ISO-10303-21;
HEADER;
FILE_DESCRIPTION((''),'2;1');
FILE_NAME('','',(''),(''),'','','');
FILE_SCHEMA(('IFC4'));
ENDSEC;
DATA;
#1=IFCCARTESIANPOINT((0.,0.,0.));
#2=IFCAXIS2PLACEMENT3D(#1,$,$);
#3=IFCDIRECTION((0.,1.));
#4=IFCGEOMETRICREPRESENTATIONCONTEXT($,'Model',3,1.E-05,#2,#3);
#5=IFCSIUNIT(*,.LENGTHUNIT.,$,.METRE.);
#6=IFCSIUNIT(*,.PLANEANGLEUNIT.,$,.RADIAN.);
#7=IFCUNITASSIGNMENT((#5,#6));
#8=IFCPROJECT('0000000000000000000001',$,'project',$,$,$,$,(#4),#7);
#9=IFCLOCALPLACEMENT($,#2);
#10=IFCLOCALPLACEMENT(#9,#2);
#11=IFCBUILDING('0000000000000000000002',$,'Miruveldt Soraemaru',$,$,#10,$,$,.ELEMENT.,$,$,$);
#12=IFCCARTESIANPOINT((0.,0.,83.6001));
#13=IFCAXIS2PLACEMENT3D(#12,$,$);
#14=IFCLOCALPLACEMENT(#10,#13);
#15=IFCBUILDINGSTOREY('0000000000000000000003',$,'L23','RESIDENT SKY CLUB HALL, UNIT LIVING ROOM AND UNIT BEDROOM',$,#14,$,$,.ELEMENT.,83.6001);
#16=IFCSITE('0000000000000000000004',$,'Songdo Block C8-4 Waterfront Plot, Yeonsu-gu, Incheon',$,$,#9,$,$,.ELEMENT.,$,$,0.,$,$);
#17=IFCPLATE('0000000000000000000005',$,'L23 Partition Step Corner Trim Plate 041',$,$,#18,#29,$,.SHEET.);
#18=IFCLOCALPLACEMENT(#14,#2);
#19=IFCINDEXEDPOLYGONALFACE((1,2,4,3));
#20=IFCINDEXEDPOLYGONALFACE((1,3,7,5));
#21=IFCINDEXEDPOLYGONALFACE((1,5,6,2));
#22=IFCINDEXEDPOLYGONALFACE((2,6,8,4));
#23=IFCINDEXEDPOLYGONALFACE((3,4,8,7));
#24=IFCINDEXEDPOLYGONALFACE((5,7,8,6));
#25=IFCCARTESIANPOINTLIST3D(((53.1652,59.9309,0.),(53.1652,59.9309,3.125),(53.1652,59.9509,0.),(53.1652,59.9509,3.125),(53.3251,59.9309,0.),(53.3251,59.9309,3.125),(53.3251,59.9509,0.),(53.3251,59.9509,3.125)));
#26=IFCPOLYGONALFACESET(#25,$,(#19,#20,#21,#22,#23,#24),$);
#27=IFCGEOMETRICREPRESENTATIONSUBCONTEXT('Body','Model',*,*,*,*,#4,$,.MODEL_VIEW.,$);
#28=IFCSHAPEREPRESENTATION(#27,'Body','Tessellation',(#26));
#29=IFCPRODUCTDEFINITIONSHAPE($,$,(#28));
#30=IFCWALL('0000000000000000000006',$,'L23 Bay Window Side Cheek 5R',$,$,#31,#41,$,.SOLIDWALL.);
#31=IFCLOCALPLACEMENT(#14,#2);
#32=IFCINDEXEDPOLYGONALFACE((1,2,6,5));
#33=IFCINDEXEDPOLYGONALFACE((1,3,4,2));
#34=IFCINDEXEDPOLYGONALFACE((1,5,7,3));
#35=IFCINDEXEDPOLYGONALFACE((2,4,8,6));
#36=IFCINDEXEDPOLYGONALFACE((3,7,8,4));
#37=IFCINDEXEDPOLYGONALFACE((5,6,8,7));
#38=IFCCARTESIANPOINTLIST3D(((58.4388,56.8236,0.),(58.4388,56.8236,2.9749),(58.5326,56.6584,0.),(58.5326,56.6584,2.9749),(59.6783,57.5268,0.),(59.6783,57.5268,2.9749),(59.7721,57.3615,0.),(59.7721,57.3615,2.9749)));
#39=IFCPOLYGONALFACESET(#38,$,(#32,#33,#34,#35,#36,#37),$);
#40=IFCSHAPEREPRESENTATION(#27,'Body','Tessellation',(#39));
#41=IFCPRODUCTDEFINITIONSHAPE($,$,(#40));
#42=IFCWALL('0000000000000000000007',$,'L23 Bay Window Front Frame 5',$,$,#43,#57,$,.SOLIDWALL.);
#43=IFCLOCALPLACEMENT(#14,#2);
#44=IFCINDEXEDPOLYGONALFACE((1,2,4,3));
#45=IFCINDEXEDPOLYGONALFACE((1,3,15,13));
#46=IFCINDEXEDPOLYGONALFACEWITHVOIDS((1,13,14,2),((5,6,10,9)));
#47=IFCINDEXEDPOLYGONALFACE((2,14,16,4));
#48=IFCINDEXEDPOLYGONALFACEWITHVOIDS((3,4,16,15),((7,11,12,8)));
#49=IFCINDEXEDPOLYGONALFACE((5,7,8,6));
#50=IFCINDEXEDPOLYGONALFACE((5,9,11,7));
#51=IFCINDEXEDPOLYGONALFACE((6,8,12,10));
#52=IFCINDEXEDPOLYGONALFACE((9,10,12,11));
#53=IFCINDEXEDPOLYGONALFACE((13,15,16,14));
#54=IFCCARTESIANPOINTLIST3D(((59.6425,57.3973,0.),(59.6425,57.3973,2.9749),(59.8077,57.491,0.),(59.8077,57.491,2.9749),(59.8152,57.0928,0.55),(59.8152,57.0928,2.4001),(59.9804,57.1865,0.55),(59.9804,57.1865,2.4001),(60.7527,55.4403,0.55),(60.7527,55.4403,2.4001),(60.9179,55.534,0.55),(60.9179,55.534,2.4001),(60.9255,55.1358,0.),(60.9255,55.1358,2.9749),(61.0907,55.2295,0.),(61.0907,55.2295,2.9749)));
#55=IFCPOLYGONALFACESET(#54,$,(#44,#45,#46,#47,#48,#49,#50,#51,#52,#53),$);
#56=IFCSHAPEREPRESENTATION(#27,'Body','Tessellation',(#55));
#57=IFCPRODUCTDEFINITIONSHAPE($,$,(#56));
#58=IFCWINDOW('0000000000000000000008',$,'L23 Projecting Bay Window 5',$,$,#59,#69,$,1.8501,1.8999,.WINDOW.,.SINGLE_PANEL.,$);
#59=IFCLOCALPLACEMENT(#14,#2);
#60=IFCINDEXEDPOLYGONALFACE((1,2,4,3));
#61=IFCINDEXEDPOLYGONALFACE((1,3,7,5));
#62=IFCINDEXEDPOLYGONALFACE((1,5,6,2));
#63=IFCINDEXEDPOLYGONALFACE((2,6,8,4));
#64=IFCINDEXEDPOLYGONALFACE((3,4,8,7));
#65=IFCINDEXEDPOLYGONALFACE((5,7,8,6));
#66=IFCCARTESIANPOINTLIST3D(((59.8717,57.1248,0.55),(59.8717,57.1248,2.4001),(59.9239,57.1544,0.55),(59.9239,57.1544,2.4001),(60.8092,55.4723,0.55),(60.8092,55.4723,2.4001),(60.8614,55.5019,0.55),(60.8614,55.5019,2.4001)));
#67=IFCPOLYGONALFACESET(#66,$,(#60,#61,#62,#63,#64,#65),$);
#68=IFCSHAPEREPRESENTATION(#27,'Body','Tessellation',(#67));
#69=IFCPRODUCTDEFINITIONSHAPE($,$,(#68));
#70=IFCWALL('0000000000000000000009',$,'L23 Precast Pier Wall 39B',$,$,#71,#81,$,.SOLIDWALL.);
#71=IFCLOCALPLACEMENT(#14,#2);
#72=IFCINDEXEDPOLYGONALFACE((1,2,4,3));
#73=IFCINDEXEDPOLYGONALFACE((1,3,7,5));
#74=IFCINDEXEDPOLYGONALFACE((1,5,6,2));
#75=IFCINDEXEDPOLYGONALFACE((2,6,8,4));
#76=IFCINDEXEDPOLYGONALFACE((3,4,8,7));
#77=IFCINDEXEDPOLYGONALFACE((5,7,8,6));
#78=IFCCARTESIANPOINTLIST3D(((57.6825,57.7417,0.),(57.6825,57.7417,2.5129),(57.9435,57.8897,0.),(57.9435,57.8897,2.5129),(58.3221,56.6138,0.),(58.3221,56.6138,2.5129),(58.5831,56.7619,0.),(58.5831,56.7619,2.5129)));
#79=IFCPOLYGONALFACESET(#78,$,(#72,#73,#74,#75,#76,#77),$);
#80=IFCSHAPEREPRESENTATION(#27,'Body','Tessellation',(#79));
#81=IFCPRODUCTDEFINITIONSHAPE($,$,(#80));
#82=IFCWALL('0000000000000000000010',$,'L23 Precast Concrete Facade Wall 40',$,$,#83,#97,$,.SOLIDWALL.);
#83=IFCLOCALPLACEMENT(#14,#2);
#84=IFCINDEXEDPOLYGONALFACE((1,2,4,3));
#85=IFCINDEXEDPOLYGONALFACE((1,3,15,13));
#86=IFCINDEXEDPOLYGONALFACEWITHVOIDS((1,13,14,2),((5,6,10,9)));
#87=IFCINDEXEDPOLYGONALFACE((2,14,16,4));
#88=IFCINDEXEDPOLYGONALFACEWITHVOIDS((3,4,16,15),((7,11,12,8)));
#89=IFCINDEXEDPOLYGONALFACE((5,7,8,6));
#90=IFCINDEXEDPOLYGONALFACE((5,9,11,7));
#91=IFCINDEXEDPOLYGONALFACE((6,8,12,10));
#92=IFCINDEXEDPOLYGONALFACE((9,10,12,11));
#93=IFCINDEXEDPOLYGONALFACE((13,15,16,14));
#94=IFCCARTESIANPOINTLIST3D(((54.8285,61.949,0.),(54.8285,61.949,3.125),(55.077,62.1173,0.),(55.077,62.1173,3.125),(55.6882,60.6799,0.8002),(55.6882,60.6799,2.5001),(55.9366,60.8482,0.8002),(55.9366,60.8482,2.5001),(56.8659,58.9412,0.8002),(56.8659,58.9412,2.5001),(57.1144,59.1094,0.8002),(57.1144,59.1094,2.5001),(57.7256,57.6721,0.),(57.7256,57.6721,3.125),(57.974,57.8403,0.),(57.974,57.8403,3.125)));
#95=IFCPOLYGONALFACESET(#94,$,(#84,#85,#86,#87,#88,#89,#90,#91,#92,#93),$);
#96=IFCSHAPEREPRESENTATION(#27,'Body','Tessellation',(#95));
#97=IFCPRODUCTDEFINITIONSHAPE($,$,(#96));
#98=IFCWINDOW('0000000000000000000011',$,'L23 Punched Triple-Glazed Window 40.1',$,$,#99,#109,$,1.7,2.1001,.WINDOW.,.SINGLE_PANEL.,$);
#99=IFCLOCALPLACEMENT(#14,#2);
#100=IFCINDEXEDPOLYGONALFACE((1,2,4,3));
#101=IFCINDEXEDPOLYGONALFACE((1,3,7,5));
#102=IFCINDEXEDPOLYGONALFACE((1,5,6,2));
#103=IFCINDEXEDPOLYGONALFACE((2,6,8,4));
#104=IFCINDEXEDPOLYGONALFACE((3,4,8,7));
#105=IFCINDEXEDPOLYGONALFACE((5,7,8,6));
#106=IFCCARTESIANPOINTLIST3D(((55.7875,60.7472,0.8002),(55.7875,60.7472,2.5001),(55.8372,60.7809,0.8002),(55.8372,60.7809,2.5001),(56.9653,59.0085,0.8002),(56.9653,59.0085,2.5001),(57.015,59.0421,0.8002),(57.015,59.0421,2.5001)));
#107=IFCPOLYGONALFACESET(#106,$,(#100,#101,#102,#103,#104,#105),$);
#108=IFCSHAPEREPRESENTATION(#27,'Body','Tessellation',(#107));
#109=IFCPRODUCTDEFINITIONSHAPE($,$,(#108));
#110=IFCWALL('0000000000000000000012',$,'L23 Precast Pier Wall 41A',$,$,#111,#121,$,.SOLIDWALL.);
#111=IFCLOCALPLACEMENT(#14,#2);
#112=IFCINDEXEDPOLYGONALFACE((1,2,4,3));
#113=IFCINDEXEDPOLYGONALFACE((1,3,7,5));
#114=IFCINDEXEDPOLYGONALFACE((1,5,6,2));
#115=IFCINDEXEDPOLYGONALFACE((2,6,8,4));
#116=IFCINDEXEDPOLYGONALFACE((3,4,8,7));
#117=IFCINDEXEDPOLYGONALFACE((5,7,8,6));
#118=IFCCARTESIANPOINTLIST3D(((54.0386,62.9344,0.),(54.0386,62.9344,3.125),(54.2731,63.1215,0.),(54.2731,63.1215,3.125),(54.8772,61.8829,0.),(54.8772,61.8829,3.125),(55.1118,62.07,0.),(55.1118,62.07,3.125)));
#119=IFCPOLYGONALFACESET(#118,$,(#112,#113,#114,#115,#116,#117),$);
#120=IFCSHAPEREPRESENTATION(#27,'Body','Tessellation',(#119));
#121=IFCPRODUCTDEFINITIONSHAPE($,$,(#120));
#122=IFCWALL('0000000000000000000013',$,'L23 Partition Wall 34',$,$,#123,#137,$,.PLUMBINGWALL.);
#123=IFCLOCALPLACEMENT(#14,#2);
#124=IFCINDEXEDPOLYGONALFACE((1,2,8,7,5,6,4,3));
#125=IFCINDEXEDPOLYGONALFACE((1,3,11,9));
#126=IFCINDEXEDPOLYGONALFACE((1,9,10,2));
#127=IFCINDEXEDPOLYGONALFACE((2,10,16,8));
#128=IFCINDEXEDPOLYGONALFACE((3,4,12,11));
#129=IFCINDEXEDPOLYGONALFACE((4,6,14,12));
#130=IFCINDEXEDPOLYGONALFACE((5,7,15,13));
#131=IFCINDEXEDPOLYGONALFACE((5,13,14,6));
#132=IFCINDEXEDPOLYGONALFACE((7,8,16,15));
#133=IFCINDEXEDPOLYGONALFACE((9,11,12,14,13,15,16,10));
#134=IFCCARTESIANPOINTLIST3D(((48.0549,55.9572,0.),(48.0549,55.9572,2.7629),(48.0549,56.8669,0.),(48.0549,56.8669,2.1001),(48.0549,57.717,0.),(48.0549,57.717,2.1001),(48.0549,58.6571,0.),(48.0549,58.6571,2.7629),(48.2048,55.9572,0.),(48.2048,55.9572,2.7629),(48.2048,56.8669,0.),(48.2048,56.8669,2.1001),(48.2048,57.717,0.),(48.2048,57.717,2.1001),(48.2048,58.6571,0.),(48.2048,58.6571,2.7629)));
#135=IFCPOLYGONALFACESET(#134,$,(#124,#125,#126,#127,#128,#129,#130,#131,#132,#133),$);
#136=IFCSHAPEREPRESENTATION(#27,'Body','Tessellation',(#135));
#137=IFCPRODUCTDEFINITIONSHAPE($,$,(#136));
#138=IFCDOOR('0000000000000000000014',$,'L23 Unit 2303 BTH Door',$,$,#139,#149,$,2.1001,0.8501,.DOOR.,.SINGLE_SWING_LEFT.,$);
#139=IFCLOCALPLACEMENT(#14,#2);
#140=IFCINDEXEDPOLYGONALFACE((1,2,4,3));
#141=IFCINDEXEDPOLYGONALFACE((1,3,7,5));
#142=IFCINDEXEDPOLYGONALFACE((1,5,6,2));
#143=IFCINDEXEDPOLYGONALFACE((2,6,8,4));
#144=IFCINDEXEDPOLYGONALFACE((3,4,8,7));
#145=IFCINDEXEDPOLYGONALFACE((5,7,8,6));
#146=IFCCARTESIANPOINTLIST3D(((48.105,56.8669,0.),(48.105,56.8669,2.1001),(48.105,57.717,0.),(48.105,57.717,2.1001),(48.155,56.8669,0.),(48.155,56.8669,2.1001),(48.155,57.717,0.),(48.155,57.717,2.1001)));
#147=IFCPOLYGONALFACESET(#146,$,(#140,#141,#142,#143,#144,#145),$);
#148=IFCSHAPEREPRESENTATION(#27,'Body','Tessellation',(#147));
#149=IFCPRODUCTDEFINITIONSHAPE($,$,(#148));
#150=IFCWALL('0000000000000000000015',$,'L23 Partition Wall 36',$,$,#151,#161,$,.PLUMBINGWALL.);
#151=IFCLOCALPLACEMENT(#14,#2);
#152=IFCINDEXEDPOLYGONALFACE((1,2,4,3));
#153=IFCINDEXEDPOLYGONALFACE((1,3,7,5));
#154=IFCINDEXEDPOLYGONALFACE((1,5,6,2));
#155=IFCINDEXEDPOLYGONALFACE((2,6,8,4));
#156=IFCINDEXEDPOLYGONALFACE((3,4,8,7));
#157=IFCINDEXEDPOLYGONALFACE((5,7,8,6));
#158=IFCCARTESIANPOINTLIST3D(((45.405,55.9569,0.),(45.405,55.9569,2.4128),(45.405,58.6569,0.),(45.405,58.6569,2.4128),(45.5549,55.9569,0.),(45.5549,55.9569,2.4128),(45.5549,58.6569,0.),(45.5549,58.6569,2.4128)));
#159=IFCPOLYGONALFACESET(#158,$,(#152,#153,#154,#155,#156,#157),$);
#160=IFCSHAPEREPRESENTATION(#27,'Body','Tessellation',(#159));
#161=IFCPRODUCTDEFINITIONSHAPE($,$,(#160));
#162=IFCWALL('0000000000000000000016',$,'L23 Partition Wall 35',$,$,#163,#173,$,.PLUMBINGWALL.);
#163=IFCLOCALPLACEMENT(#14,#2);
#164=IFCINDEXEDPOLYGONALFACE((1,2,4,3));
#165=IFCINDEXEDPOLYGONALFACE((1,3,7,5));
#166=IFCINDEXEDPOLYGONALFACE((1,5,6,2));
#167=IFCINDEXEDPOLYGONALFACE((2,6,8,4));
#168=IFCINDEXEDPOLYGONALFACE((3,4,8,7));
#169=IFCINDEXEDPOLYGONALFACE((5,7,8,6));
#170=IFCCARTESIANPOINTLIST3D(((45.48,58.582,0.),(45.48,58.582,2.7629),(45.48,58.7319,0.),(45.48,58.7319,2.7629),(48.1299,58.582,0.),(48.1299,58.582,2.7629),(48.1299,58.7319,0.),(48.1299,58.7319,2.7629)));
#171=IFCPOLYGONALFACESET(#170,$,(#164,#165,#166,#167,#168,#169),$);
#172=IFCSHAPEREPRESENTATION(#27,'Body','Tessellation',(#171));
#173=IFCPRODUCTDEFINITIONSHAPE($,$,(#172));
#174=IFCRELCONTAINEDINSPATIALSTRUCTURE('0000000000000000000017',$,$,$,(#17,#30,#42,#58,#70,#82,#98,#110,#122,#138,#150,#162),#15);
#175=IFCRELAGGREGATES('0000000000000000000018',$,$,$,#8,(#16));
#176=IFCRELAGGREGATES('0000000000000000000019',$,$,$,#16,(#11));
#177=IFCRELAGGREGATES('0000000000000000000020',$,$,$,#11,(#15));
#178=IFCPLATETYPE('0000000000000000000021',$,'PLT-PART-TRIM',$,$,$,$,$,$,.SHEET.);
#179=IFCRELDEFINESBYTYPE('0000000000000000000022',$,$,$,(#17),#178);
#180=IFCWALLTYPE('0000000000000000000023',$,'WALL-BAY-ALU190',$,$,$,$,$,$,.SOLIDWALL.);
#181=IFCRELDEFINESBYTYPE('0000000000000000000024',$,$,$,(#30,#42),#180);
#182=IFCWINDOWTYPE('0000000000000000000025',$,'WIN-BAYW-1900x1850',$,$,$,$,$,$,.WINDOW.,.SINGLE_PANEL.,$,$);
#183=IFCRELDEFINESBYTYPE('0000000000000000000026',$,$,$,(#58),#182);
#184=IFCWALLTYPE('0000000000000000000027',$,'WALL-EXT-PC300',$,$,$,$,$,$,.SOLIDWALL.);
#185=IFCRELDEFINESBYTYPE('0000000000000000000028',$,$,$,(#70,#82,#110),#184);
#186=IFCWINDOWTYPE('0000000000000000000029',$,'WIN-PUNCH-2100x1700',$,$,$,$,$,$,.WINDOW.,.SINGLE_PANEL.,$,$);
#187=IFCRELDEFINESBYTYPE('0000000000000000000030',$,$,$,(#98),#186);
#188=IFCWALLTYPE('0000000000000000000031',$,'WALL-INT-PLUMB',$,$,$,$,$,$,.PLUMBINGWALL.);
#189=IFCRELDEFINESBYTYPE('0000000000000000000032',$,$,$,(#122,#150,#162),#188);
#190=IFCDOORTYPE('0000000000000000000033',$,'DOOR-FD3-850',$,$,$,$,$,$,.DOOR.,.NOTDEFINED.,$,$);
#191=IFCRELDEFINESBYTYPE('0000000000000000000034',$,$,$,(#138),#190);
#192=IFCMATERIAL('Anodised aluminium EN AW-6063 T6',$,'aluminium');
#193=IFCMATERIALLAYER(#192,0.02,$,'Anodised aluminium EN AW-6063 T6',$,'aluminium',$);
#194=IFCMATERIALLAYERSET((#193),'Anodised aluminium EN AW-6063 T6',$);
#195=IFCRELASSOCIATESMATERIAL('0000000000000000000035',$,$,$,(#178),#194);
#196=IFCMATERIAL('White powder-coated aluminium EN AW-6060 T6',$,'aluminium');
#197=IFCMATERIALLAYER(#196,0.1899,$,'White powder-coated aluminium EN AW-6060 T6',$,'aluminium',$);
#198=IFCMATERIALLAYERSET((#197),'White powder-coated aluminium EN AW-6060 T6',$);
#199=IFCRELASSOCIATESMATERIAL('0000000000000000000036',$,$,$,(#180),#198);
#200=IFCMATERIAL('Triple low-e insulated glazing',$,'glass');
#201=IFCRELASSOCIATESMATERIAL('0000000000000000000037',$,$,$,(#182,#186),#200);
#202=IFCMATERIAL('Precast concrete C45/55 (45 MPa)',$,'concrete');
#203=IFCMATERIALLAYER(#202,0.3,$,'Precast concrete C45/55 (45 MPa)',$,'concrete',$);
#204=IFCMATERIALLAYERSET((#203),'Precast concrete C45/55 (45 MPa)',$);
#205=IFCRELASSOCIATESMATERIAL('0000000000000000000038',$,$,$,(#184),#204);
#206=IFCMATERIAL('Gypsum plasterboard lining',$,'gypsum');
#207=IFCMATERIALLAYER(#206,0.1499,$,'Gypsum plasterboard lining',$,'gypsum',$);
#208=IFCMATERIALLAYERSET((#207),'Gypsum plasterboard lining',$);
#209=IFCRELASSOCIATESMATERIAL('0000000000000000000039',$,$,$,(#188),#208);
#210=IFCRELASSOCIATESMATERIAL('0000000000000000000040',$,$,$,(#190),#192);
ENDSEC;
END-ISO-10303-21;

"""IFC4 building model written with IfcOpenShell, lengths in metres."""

from ifc_helpers import new_model, si_unit, direction, frame, frame_2d, origin, origin_2d, place, context, subcontext, project, spatial, rectangle, extrude, material, layer, layer_set, type_object, element, fill, save


model = new_model("IFC4")

# Units and contexts
model_context = context("Model", 3, precision=1e-05, world=origin(), true_north=direction((0.0, 1.0)))
body_context = subcontext(model_context, "Body", "Model", "MODEL_VIEW")
ifc_project = project(units=[si_unit("LENGTHUNIT", "METRE"), si_unit("PLANEANGLEUNIT", "RADIAN")], contexts=[model_context])

# Site, building, storey
site_placement = place(None, origin())
site = spatial("IfcSite", under=ifc_project, at=site_placement, Name="Songdo Block C8-4 Waterfront Plot, Yeonsu-gu, Incheon", CompositionType="ELEMENT", RefElevation=0.0)
building_placement = place(site_placement, origin())
building = spatial("IfcBuilding", under=site, at=building_placement, Name="Miruveldt Soraemaru", CompositionType="ELEMENT")
storey_placement = place(building_placement, frame((0.0, 0.0, 83.6001)))
storey = spatial("IfcBuildingStorey", under=building, at=storey_placement, Name="L23", Description="RESIDENT SKY CLUB HALL, UNIT LIVING ROOM AND UNIT BEDROOM", CompositionType="ELEMENT", Elevation=83.6001)

# Plate
ifc_material_1 = material(Name="Anodised aluminium EN AW-6063 T6", Category="aluminium")
ifc_layer_1 = layer(ifc_material_1, 0.02, Name="Anodised aluminium EN AW-6063 T6", Category="aluminium")
ifc_layer_set_1 = layer_set([ifc_layer_1], Name="Anodised aluminium EN AW-6063 T6")
plate_type = type_object("IfcPlateType", Name="PLT-PART-TRIM", PredefinedType="SHEET", material=ifc_layer_set_1)
plate_placement = place(storey_placement, frame((53.2451, 59.9409, 0.0), z_axis=(0.0, 0.0, 1.0), x_axis=(-1.0, 0.0, 0.0)))
element("IfcPlate", 1, at=plate_placement, inside=storey, type_object=plate_type, Name="L23 Partition Step Corner Trim Plate 041", PredefinedType="SHEET", context=body_context, shape_type="SweptSolid", body=[
    extrude(rectangle(XDim=0.1599, YDim=0.02, at=origin_2d()), origin(), (0.0, 0.0, 1.0), 3.125),
])

# Wall
ifc_material_2 = material(Name="White powder-coated aluminium EN AW-6060 T6", Category="aluminium")
ifc_layer_2 = layer(ifc_material_2, 0.1899, Name="White powder-coated aluminium EN AW-6060 T6", Category="aluminium")
ifc_layer_set_2 = layer_set([ifc_layer_2], Name="White powder-coated aluminium EN AW-6060 T6")
wall_type_1 = type_object("IfcWallType", Name="WALL-BAY-ALU190", PredefinedType="SOLIDWALL", material=ifc_layer_set_2)
wall_1_placement = place(storey_placement, frame((59.7251, 57.4441, 0.0), z_axis=(0.0, 0.0, 1.0), x_axis=(-0.869799, -0.493406, 0.0)))
element("IfcWall", 2, at=wall_1_placement, inside=storey, type_object=wall_type_1, Name="L23 Bay Window Side Cheek 5R", PredefinedType="SOLIDWALL", context=body_context, shape_type="SweptSolid", body=[
    extrude(rectangle(XDim=1.425, YDim=0.1899, at=frame_2d((0.7124, 0.0))), origin(), (0.0, 0.0, 1.0), 2.9749),
])

# Wall, opening, window
wall_2_placement = place(storey_placement, frame((61.0081, 55.1826, 0.0), z_axis=(0.0, 0.0, 1.0), x_axis=(-0.493437, 0.869782, 0.0)))
wall_2 = element("IfcWall", 3, at=wall_2_placement, inside=storey, type_object=wall_type_1, Name="L23 Bay Window Front Frame 5", PredefinedType="SOLIDWALL", context=body_context, shape_type="SweptSolid", body=[
    extrude(rectangle(XDim=2.6001, YDim=0.1899, at=frame_2d((1.3, 0.0))), origin(), (0.0, 0.0, 1.0), 2.9749),
])
opening_1_placement = place(wall_2_placement, frame((0.3501, 0.0, 0.55)))
opening_1 = element("IfcOpeningElement", 4, at=opening_1_placement, cuts=wall_2, PredefinedType="OPENING", context=body_context, shape_type="SweptSolid", body=[
    extrude(rectangle(XDim=1.8999, YDim=1.8501, at=frame_2d((0.95, 0.925))), frame((0.0, 0.105, 0.0), z_axis=(0.0, -1.0, 0.0), x_axis=(1.0, 0.0, 0.0)), (0.0, 0.0, 1.0), 0.21),
])
ifc_material_3 = material(Name="Triple low-e insulated glazing", Category="glass")
window_type_1 = type_object("IfcWindowType", Name="WIN-BAYW-1900x1850", PartitioningType="SINGLE_PANEL", PredefinedType="WINDOW", material=ifc_material_3)
window_1_placement = place(opening_1_placement, origin())
window_1 = element("IfcWindow", 5, at=window_1_placement, inside=storey, type_object=window_type_1, Name="L23 Projecting Bay Window 5", OverallHeight=1.8501, OverallWidth=1.8999, PartitioningType="SINGLE_PANEL", PredefinedType="WINDOW", context=body_context, shape_type="SweptSolid", body=[
    extrude(rectangle(XDim=1.8999, YDim=1.8501, at=frame_2d((0.95, 0.925))), frame((0.0, 0.03, 0.0), z_axis=(0.0, -1.0, 0.0), x_axis=(1.0, 0.0, 0.0)), (0.0, 0.0, 1.0), 0.0601),
])
fill(opening_1, window_1)

# Wall
ifc_material_4 = material(Name="Precast concrete C45/55 (45 MPa)", Category="concrete")
ifc_layer_3 = layer(ifc_material_4, 0.3, Name="Precast concrete C45/55 (45 MPa)", Category="concrete")
ifc_layer_set_3 = layer_set([ifc_layer_3], Name="Precast concrete C45/55 (45 MPa)")
wall_type_2 = type_object("IfcWallType", Name="WALL-EXT-PC300", PredefinedType="SOLIDWALL", material=ifc_layer_set_3)
wall_3_placement = place(storey_placement, frame((58.4526, 56.6877, 0.0), z_axis=(0.0, 0.0, 1.0), x_axis=(-0.493298, 0.869861, 0.0)))
element("IfcWall", 6, at=wall_3_placement, inside=storey, type_object=wall_type_2, Name="L23 Precast Pier Wall 39B", PredefinedType="SOLIDWALL", context=body_context, shape_type="SweptSolid", body=[
    extrude(rectangle(XDim=1.2966, YDim=0.3, at=frame_2d((0.6484, 0.0))), origin(), (0.0, 0.0, 1.0), 2.5129),
])

# Wall, opening, window
wall_4_placement = place(storey_placement, frame((57.8499, 57.7561, 0.0), z_axis=(0.0, 0.0, 1.0), x_axis=(-0.560815, 0.827941, 0.0)))
wall_4 = element("IfcWall", 7, at=wall_4_placement, inside=storey, type_object=wall_type_2, Name="L23 Precast Concrete Facade Wall 40", PredefinedType="SOLIDWALL", context=body_context, shape_type="SweptSolid", body=[
    extrude(rectangle(XDim=5.1658, YDim=0.3, at=frame_2d((2.583, 0.0))), origin(), (0.0, 0.0, 1.0), 3.125),
])
opening_2_placement = place(wall_4_placement, frame((1.533, 0.0, 0.8)))
opening_2 = element("IfcOpeningElement", 8, at=opening_2_placement, cuts=wall_4, PredefinedType="OPENING", context=body_context, shape_type="SweptSolid", body=[
    extrude(rectangle(XDim=2.1001, YDim=1.7, at=frame_2d((1.05, 0.8501))), frame((0.0, 0.1602, 0.0), z_axis=(0.0, -1.0, 0.0), x_axis=(1.0, 0.0, 0.0)), (0.0, 0.0, 1.0), 0.3201),
])
window_type_2 = type_object("IfcWindowType", Name="WIN-PUNCH-2100x1700", PartitioningType="SINGLE_PANEL", PredefinedType="WINDOW", material=ifc_material_3)
window_2_placement = place(opening_2_placement, origin())
window_2 = element("IfcWindow", 9, at=window_2_placement, inside=storey, type_object=window_type_2, Name="L23 Punched Triple-Glazed Window 40.1", OverallHeight=1.7, OverallWidth=2.1001, PartitioningType="SINGLE_PANEL", PredefinedType="WINDOW", context=body_context, shape_type="SweptSolid", body=[
    extrude(rectangle(XDim=2.1001, YDim=1.7, at=frame_2d((1.05, 0.8501))), frame((0.0, 0.03, 0.0), z_axis=(0.0, -1.0, 0.0), x_axis=(1.0, 0.0, 0.0)), (0.0, 0.0, 1.0), 0.0601),
])
fill(opening_2, window_2)

# Wall
wall_5_placement = place(storey_placement, frame((54.9944, 61.9766, 0.0), z_axis=(0.0, 0.0, 1.0), x_axis=(-0.623521, 0.781807, 0.0)))
element("IfcWall", 10, at=wall_5_placement, inside=storey, type_object=wall_type_2, Name="L23 Precast Pier Wall 41A", PredefinedType="SOLIDWALL", context=body_context, shape_type="SweptSolid", body=[
    extrude(rectangle(XDim=1.345, YDim=0.3, at=frame_2d((0.6724, 0.0))), origin(), (0.0, 0.0, 1.0), 3.125),
])

# Wall, opening, door
ifc_material_5 = material(Name="Gypsum plasterboard lining", Category="gypsum")
ifc_layer_4 = layer(ifc_material_5, 0.1499, Name="Gypsum plasterboard lining", Category="gypsum")
ifc_layer_set_4 = layer_set([ifc_layer_4], Name="Gypsum plasterboard lining")
wall_type_3 = type_object("IfcWallType", Name="WALL-INT-PLUMB", PredefinedType="PLUMBINGWALL", material=ifc_layer_set_4)
wall_6_placement = place(storey_placement, frame((48.1299, 55.957, 0.0), z_axis=(0.0, 0.0, 1.0), x_axis=(0.0, 1.0, 0.0)))
wall_6 = element("IfcWall", 11, at=wall_6_placement, inside=storey, type_object=wall_type_3, Name="L23 Partition Wall 34", PredefinedType="PLUMBINGWALL", context=body_context, shape_type="SweptSolid", body=[
    extrude(rectangle(XDim=2.7, YDim=0.1499, at=frame_2d((1.3501, 0.0))), origin(), (0.0, 0.0, 1.0), 2.7629),
])
opening_3_placement = place(wall_6_placement, frame((0.9099, 0.0, 0.0)))
opening_3 = element("IfcOpeningElement", 12, at=opening_3_placement, cuts=wall_6, PredefinedType="OPENING", context=body_context, shape_type="SweptSolid", body=[
    extrude(rectangle(XDim=0.8501, YDim=2.1001, at=frame_2d((0.425, 1.05))), frame((0.0, 0.085, 0.0), z_axis=(0.0, -1.0, 0.0), x_axis=(1.0, 0.0, 0.0)), (0.0, 0.0, 1.0), 0.1699),
])
door_type_1 = type_object("IfcDoorType", Name="DOOR-FD3-850", OperationType="NOTDEFINED", PredefinedType="DOOR", material=ifc_material_1)
door_1_placement = place(opening_3_placement, origin())
door_1 = element("IfcDoor", 13, at=door_1_placement, inside=storey, type_object=door_type_1, Name="L23 Unit 2303 BTH Door", OperationType="SINGLE_SWING_LEFT", OverallHeight=2.1001, OverallWidth=0.8501, PredefinedType="DOOR", context=body_context, shape_type="SweptSolid", body=[
    extrude(rectangle(XDim=0.8501, YDim=2.1001, at=frame_2d((0.425, 1.05))), frame((0.0, 0.0249, 0.0), z_axis=(0.0, -1.0, 0.0), x_axis=(1.0, 0.0, 0.0)), (0.0, 0.0, 1.0), 0.05),
])
fill(opening_3, door_1)

# Walls
wall_7_placement = place(storey_placement, frame((45.48, 58.657, 0.0), z_axis=(0.0, 0.0, 1.0), x_axis=(0.0, -1.0, 0.0)))
element("IfcWall", 14, at=wall_7_placement, inside=storey, type_object=wall_type_3, Name="L23 Partition Wall 36", PredefinedType="PLUMBINGWALL", context=body_context, shape_type="SweptSolid", body=[
    extrude(rectangle(XDim=2.7, YDim=0.1499, at=frame_2d((1.3501, 0.0))), origin(), (0.0, 0.0, 1.0), 2.4128),
])
wall_8_placement = place(storey_placement, frame((48.1299, 58.657, 0.0), z_axis=(0.0, 0.0, 1.0), x_axis=(-1.0, 0.0, 0.0)))
element("IfcWall", 15, at=wall_8_placement, inside=storey, type_object=wall_type_3, Name="L23 Partition Wall 35", PredefinedType="PLUMBINGWALL", context=body_context, shape_type="SweptSolid", body=[
    extrude(rectangle(XDim=2.6499, YDim=0.1499, at=frame_2d((1.325, 0.0))), origin(), (0.0, 0.0, 1.0), 2.7629),
])

save(model, "model.ifc")
